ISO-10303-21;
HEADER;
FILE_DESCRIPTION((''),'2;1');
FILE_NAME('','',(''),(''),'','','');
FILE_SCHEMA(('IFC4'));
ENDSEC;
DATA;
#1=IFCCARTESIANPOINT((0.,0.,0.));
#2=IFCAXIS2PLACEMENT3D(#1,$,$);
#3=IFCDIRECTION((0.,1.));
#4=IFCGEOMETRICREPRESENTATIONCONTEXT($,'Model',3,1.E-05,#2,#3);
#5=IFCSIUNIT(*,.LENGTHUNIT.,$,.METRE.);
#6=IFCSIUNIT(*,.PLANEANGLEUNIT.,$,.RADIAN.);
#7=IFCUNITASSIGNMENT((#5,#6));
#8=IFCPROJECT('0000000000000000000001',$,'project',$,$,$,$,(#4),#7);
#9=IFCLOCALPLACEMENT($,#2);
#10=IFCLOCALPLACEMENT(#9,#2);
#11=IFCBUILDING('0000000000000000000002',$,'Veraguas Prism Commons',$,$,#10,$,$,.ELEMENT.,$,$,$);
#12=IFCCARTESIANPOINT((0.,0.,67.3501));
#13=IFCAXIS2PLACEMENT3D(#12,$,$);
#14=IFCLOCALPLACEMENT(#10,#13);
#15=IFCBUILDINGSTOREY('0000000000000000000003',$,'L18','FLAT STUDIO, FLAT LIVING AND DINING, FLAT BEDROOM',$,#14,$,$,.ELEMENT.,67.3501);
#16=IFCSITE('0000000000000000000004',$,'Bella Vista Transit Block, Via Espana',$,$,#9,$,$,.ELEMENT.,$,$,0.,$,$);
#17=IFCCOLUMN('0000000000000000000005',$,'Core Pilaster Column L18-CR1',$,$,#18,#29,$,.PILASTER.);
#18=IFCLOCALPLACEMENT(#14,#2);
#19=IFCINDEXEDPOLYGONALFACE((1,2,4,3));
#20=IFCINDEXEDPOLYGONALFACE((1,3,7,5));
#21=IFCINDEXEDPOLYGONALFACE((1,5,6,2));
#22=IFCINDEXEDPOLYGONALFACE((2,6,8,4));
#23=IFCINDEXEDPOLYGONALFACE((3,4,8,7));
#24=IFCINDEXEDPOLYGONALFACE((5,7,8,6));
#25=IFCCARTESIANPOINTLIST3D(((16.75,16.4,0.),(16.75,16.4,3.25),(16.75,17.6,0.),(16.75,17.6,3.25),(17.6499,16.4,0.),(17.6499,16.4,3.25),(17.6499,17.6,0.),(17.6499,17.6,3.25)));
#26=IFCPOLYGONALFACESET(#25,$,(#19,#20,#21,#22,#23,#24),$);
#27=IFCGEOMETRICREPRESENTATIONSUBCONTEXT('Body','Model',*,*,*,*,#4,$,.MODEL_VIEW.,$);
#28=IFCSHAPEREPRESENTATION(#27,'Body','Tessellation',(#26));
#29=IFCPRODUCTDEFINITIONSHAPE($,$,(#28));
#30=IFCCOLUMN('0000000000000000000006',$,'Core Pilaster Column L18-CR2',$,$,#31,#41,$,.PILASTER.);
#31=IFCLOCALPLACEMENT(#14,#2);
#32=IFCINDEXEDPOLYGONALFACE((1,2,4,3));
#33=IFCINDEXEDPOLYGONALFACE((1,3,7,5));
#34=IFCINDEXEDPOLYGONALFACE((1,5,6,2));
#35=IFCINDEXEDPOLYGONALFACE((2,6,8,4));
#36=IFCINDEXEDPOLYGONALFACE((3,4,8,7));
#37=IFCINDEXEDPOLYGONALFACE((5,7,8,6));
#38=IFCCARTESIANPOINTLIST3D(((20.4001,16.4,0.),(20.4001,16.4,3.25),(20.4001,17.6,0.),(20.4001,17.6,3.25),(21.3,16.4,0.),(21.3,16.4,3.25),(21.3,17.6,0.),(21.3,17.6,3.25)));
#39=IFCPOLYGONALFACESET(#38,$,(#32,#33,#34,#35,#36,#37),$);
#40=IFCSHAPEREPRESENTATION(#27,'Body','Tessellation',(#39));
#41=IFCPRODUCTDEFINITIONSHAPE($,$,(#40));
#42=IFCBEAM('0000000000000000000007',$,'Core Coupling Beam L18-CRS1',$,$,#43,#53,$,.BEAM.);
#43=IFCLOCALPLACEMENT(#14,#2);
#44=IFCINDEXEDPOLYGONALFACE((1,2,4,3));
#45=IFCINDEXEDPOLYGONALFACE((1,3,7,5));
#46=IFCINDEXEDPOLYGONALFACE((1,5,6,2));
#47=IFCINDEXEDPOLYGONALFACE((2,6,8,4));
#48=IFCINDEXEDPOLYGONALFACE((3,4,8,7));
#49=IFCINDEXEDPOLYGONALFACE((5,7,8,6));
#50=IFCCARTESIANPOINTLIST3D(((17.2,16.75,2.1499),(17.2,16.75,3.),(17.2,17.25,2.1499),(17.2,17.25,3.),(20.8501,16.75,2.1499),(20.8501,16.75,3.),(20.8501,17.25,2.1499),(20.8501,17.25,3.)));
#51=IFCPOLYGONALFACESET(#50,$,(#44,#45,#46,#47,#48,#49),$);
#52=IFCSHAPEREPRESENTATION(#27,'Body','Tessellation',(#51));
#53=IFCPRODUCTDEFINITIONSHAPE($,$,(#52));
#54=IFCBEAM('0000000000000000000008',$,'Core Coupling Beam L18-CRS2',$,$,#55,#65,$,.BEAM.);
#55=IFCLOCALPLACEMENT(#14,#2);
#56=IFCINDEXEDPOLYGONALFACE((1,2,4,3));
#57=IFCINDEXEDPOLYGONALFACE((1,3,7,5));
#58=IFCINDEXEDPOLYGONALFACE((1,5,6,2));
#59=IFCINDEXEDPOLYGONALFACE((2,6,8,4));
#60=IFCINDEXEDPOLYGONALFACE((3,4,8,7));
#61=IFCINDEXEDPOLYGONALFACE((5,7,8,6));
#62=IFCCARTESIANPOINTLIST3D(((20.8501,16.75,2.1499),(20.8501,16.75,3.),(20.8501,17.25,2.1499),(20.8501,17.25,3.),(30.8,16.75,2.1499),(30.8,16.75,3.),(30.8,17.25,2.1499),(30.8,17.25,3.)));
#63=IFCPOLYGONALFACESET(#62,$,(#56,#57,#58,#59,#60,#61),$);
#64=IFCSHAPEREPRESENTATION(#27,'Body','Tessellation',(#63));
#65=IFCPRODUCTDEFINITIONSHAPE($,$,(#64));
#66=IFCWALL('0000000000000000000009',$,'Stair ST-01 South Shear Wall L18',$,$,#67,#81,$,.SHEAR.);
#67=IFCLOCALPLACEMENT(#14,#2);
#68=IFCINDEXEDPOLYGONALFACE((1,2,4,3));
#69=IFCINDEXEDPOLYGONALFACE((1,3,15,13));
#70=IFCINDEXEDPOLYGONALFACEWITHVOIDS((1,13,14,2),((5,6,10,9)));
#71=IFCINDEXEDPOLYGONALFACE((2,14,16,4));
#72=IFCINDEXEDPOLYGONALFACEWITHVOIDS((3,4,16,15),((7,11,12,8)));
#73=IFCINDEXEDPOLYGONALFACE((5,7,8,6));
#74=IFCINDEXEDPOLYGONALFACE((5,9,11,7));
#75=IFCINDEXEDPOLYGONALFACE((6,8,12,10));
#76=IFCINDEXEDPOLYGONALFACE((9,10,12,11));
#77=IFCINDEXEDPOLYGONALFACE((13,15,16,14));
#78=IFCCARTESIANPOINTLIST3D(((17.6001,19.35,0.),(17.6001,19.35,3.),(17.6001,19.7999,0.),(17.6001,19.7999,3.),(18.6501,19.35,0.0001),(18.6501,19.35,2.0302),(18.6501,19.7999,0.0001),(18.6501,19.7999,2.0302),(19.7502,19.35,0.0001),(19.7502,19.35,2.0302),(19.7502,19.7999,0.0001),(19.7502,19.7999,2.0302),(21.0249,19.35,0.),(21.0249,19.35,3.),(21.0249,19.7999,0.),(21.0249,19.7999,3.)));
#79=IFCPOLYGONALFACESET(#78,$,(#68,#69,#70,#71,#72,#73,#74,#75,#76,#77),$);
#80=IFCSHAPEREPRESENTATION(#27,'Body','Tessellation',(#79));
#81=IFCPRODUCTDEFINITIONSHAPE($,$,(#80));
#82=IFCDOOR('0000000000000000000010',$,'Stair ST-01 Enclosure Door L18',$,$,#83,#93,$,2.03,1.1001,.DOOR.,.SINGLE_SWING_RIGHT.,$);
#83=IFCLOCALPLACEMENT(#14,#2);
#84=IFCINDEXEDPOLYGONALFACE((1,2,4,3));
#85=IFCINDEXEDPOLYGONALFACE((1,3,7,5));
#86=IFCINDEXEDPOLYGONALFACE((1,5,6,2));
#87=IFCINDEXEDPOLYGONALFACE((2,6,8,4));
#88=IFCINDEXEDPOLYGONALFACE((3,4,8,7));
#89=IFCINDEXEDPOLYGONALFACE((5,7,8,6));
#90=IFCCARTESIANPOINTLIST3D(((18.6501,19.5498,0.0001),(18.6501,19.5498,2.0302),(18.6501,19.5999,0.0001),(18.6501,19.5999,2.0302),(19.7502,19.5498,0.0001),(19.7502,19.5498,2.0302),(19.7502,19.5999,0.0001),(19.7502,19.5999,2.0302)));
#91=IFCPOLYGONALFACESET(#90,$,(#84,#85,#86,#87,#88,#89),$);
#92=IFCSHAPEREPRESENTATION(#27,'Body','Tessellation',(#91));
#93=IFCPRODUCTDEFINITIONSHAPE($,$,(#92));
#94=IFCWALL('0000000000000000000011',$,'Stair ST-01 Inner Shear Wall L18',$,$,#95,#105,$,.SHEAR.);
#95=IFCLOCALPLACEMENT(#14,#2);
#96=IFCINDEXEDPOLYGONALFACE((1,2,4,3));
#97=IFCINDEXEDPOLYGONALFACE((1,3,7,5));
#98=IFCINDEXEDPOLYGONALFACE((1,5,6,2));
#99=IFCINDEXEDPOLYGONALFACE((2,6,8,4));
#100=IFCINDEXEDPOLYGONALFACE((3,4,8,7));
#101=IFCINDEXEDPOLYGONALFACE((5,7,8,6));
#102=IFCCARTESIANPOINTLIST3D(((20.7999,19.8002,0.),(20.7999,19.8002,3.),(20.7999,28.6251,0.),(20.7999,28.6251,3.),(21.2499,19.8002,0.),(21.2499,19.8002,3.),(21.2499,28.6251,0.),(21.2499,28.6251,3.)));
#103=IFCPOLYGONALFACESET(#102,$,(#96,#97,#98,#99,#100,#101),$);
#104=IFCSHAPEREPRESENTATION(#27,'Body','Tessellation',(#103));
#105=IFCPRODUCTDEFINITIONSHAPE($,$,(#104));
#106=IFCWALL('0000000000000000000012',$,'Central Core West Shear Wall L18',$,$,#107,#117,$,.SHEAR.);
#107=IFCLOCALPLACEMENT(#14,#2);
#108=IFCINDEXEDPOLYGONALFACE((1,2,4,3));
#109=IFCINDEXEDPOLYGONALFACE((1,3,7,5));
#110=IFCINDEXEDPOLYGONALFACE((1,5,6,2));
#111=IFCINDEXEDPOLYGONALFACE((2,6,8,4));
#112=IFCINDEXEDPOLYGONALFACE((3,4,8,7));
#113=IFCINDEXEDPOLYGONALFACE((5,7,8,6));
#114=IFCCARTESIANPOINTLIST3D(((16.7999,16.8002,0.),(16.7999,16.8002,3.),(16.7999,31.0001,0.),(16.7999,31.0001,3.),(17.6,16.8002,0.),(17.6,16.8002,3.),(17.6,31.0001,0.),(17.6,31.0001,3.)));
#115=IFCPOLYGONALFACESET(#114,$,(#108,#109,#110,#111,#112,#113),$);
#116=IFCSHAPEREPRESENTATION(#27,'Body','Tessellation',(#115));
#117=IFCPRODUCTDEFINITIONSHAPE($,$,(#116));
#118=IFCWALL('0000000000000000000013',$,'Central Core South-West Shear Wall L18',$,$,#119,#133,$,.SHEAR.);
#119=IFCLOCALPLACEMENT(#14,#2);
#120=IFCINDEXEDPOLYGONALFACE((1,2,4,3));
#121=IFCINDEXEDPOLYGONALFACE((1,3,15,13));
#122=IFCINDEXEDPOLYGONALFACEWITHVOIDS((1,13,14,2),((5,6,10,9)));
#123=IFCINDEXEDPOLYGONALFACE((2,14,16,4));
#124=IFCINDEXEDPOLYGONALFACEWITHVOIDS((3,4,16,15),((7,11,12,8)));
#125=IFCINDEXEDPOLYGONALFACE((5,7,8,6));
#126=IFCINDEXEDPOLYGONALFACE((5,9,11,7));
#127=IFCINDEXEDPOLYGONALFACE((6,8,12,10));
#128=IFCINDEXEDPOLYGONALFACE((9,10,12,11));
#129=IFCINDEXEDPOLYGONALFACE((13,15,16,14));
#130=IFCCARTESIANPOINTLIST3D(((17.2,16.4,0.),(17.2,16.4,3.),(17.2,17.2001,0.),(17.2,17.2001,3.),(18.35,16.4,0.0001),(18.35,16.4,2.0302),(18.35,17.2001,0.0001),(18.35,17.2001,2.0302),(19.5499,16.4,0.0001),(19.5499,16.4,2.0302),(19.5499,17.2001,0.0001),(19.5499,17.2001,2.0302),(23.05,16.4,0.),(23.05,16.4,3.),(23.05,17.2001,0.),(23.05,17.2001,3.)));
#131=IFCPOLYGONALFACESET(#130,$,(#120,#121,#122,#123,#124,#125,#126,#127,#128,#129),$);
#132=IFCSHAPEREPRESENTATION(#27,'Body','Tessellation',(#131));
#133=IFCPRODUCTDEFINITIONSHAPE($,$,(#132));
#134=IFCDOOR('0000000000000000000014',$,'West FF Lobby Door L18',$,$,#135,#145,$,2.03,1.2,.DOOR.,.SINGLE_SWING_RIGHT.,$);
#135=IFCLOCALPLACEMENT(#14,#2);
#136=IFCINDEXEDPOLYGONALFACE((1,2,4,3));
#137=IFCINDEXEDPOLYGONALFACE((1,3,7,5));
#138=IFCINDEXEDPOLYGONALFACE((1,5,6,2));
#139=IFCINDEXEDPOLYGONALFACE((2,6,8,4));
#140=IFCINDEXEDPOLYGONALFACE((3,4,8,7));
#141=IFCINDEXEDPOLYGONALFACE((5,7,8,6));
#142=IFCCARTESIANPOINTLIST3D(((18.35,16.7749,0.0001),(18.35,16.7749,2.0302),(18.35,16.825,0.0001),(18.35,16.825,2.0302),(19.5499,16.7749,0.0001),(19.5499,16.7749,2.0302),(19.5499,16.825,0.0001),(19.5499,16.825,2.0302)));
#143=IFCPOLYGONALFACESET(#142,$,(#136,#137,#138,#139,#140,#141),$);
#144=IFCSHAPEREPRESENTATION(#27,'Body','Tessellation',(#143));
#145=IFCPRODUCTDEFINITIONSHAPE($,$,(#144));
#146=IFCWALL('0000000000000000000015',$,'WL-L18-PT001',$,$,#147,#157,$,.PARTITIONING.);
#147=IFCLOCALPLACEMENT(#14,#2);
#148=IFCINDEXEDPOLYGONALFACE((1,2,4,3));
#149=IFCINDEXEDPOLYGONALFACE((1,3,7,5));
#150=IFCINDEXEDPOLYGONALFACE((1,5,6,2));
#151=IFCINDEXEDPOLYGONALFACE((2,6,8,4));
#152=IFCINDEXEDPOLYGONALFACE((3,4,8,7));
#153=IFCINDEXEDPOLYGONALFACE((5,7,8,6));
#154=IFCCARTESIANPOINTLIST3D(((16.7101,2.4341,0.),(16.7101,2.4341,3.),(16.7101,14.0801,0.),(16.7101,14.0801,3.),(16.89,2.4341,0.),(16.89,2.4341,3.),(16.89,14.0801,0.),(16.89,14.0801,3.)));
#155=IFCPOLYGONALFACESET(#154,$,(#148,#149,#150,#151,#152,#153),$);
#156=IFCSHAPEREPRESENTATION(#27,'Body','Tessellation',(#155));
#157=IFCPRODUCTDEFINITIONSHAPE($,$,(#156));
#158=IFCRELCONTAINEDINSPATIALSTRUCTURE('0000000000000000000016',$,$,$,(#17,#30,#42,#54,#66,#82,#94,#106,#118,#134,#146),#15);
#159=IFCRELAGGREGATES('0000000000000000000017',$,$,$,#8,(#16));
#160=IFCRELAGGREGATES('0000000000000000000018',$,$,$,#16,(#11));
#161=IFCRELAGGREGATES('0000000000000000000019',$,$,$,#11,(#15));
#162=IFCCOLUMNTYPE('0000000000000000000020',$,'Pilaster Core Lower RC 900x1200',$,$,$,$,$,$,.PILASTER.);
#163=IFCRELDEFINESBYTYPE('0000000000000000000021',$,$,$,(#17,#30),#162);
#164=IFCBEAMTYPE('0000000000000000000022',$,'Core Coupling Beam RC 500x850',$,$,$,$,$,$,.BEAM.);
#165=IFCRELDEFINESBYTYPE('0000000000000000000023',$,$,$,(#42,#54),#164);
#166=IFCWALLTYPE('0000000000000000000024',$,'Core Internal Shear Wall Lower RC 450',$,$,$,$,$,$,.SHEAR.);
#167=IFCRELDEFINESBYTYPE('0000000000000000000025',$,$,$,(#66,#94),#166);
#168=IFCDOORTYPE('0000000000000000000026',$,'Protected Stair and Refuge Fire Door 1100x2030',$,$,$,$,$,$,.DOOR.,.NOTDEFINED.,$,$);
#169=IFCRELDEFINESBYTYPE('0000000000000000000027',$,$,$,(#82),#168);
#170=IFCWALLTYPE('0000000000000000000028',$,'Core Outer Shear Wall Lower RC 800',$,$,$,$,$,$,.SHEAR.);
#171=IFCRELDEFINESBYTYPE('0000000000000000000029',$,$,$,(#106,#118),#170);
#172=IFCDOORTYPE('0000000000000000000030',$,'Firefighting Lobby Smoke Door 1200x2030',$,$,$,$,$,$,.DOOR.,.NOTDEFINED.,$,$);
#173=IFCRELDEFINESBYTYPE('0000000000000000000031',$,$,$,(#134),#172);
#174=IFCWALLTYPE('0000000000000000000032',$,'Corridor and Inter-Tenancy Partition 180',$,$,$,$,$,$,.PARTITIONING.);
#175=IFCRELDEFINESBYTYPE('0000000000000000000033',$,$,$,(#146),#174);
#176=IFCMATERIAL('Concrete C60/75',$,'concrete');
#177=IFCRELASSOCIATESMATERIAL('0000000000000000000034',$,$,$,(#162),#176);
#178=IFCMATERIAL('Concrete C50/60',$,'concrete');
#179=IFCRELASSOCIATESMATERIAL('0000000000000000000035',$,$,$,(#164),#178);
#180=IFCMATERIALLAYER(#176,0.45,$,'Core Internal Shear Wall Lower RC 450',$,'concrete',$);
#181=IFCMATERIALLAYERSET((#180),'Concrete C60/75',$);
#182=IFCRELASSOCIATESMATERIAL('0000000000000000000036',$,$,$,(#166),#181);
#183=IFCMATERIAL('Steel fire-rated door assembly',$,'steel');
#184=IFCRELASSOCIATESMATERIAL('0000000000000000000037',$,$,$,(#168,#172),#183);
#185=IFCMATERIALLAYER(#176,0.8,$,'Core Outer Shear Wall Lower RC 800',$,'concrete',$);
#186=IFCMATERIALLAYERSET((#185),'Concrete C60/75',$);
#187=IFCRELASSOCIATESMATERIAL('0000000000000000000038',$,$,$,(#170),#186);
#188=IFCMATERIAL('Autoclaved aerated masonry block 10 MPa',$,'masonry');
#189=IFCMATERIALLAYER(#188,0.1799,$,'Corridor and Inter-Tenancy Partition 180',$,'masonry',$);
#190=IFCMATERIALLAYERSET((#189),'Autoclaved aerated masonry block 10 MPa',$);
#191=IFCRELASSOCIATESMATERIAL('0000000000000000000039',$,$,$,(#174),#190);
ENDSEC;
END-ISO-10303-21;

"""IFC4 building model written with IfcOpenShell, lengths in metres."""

from ifc_helpers import new_model, si_unit, direction, frame, frame_2d, origin, origin_2d, place, context, subcontext, project, spatial, rectangle, extrude, source, transform, mapped, material, layer, layer_set, material_profile, profile_set, type_object, element, fill, save


model = new_model("IFC4")

# Units and contexts
model_context = context("Model", 3, precision=1e-05, world=origin(), true_north=direction((0.0, 1.0)))
body_context = subcontext(model_context, "Body", "Model", "MODEL_VIEW")
ifc_project = project(units=[si_unit("LENGTHUNIT", "METRE"), si_unit("PLANEANGLEUNIT", "RADIAN")], contexts=[model_context])

# Site, building, storey
site_placement = place(None, origin())
site = spatial("IfcSite", under=ifc_project, at=site_placement, Name="Bella Vista Transit Block, Via Espana", CompositionType="ELEMENT", RefElevation=0.0)
building_placement = place(site_placement, origin())
building = spatial("IfcBuilding", under=site, at=building_placement, Name="Veraguas Prism Commons", CompositionType="ELEMENT")
storey_placement = place(building_placement, frame((0.0, 0.0, 67.3501)))
storey = spatial("IfcBuildingStorey", under=building, at=storey_placement, Name="L18", Description="FLAT STUDIO, FLAT LIVING AND DINING, FLAT BEDROOM", CompositionType="ELEMENT", Elevation=67.3501)

# Columns
ifc_material_1 = material(Name="Concrete C60/75", Category="concrete")
ifc_material_profile_1 = material_profile(ifc_material_1, rectangle(XDim=0.8999, YDim=1.2, at=origin_2d()), Name="RC900X1200")
ifc_profile_set_1 = profile_set([ifc_material_profile_1], Name="Concrete C60/75")
column_type = type_object("IfcColumnType", Name="Pilaster Core Lower RC 900x1200", PredefinedType="PILASTER", material=ifc_profile_set_1)
for number, where, z_axis, x_axis, name in (
    (1, (17.2, 17.0, 0.0), (0.0, 0.0, 1.0), (1.0, 0.0, 0.0), "Core Pilaster Column L18-CR1"),
    (2, (20.8501, 17.0, 0.0), (0.0, 0.0, 1.0), (1.0, 0.0, 0.0), "Core Pilaster Column L18-CR2"),
):
    element("IfcColumn", number, at=place(storey_placement, frame(where, z_axis=z_axis, x_axis=x_axis)), inside=storey, type_object=column_type, Name=name, PredefinedType="PILASTER", context=body_context, shape_type="SweptSolid", body=[
        extrude(rectangle(XDim=0.8999, YDim=1.2, at=origin_2d()), origin(), (0.0, 0.0, 1.0), 3.25),
    ])

# Beams
ifc_material_2 = material(Name="Concrete C50/60", Category="concrete")
ifc_material_profile_2 = material_profile(ifc_material_2, rectangle(XDim=0.5, YDim=0.8501, at=origin_2d()), Name="RC500X850")
ifc_profile_set_2 = profile_set([ifc_material_profile_2], Name="Concrete C50/60")
beam_type = type_object("IfcBeamType", Name="Core Coupling Beam RC 500x850", PredefinedType="BEAM", material=ifc_profile_set_2)
beam_1_placement = place(storey_placement, frame((17.2, 17.0, 2.575), z_axis=(1.0, 0.0, 0.0), x_axis=(0.0, 1.0, 0.0)))
element("IfcBeam", 3, at=beam_1_placement, inside=storey, type_object=beam_type, Name="Core Coupling Beam L18-CRS1", PredefinedType="BEAM", context=body_context, shape_type="SweptSolid", body=[
    extrude(rectangle(XDim=0.5, YDim=0.8501, at=origin_2d()), origin(), (0.0, 0.0, 1.0), 3.6501),
])
beam_2_placement = place(storey_placement, frame((20.8501, 17.0, 2.575), z_axis=(1.0, 0.0, 0.0), x_axis=(0.0, 1.0, 0.0)))
element("IfcBeam", 4, at=beam_2_placement, inside=storey, type_object=beam_type, Name="Core Coupling Beam L18-CRS2", PredefinedType="BEAM", context=body_context, shape_type="SweptSolid", body=[
    extrude(rectangle(XDim=0.5, YDim=0.8501, at=origin_2d()), origin(), (0.0, 0.0, 1.0), 9.95),
])

# Wall, opening, door
ifc_layer_1 = layer(ifc_material_1, 0.45, Name="Core Internal Shear Wall Lower RC 450", Category="concrete")
ifc_layer_set_1 = layer_set([ifc_layer_1], Name="Concrete C60/75")
wall_type_1 = type_object("IfcWallType", Name="Core Internal Shear Wall Lower RC 450", PredefinedType="SHEAR", material=ifc_layer_set_1)
wall_1_placement = place(storey_placement, frame((17.6001, 19.575, 0.0), z_axis=(0.0, 0.0, 1.0), x_axis=(1.0, 0.0, 0.0)))
wall_1 = element("IfcWall", 5, at=wall_1_placement, inside=storey, type_object=wall_type_1, Name="Stair ST-01 South Shear Wall L18", PredefinedType="SHEAR", context=body_context, shape_type="SweptSolid", body=[
    extrude(rectangle(XDim=3.4248, YDim=0.45, at=frame_2d((1.7124, 0.0))), origin(), (0.0, 0.0, 1.0), 3.0),
])
opening_1_placement = place(wall_1_placement, frame((1.05, 0.0, 0.0)))
opening_1 = element("IfcOpeningElement", 6, at=opening_1_placement, cuts=wall_1, PredefinedType="OPENING", context=body_context, shape_type="SweptSolid", body=[
    extrude(rectangle(XDim=1.1001, YDim=2.03, at=frame_2d((0.55, 1.0151))), frame((0.0, 0.2349, 0.0), z_axis=(0.0, -1.0, 0.0), x_axis=(1.0, 0.0, 0.0)), (0.0, 0.0, 1.0), 0.47),
])
ifc_material_3 = material(Name="Steel fire-rated door assembly", Category="steel")
door_type_1 = type_object("IfcDoorType", Name="Protected Stair and Refuge Fire Door 1100x2030", OperationType="NOTDEFINED", PredefinedType="DOOR", material=ifc_material_3)
shared_shape_1 = source(origin(), body_context, "Body", "SweptSolid", [
    extrude(rectangle(XDim=1.1001, YDim=2.03, at=frame_2d((0.55, 1.0151))), frame((0.0, 0.0249, 0.0), z_axis=(0.0, -1.0, 0.0), x_axis=(1.0, 0.0, 0.0)), (0.0, 0.0, 1.0), 0.05),
])
door_1_placement = place(opening_1_placement, origin())
door_1 = element("IfcDoor", 7, at=door_1_placement, inside=storey, type_object=door_type_1, Name="Stair ST-01 Enclosure Door L18", OperationType="SINGLE_SWING_RIGHT", OverallHeight=2.03, OverallWidth=1.1001, PredefinedType="DOOR", context=body_context, shape_type="MappedRepresentation", body=[
    mapped(shared_shape_1, transform((0.0, 0.0, 0.0), scale=1.0)),
])
fill(opening_1, door_1)

# Walls
wall_2_placement = place(storey_placement, frame((21.0249, 19.8, 0.0), z_axis=(0.0, 0.0, 1.0), x_axis=(0.0, 1.0, 0.0)))
element("IfcWall", 8, at=wall_2_placement, inside=storey, type_object=wall_type_1, Name="Stair ST-01 Inner Shear Wall L18", PredefinedType="SHEAR", context=body_context, shape_type="SweptSolid", body=[
    extrude(rectangle(XDim=8.825, YDim=0.45, at=frame_2d((4.4126, 0.0))), origin(), (0.0, 0.0, 1.0), 3.0),
])
ifc_layer_2 = layer(ifc_material_1, 0.8, Name="Core Outer Shear Wall Lower RC 800", Category="concrete")
ifc_layer_set_2 = layer_set([ifc_layer_2], Name="Concrete C60/75")
wall_type_2 = type_object("IfcWallType", Name="Core Outer Shear Wall Lower RC 800", PredefinedType="SHEAR", material=ifc_layer_set_2)
wall_3_placement = place(storey_placement, frame((17.2, 16.8, 0.0), z_axis=(0.0, 0.0, 1.0), x_axis=(0.0, 1.0, 0.0)))
element("IfcWall", 9, at=wall_3_placement, inside=storey, type_object=wall_type_2, Name="Central Core West Shear Wall L18", PredefinedType="SHEAR", context=body_context, shape_type="SweptSolid", body=[
    extrude(rectangle(XDim=14.2, YDim=0.8, at=frame_2d((7.1001, 0.0))), origin(), (0.0, 0.0, 1.0), 3.0),
])

# Wall, opening, door
wall_4_placement = place(storey_placement, frame((17.2, 16.8, 0.0), z_axis=(0.0, 0.0, 1.0), x_axis=(1.0, 0.0, 0.0)))
wall_4 = element("IfcWall", 10, at=wall_4_placement, inside=storey, type_object=wall_type_2, Name="Central Core South-West Shear Wall L18", PredefinedType="SHEAR", context=body_context, shape_type="SweptSolid", body=[
    extrude(rectangle(XDim=5.8501, YDim=0.8, at=frame_2d((2.925, 0.0))), origin(), (0.0, 0.0, 1.0), 3.0),
])
opening_2_placement = place(wall_4_placement, frame((1.1499, 0.0, 0.0)))
opening_2 = element("IfcOpeningElement", 11, at=opening_2_placement, cuts=wall_4, PredefinedType="OPENING", context=body_context, shape_type="SweptSolid", body=[
    extrude(rectangle(XDim=1.2, YDim=2.03, at=frame_2d((0.6001, 1.0151))), frame((0.0, 0.4099, 0.0), z_axis=(0.0, -1.0, 0.0), x_axis=(1.0, 0.0, 0.0)), (0.0, 0.0, 1.0), 0.8201),
])
door_type_2 = type_object("IfcDoorType", Name="Firefighting Lobby Smoke Door 1200x2030", OperationType="NOTDEFINED", PredefinedType="DOOR", material=ifc_material_3)
shared_shape_2 = source(origin(), body_context, "Body", "SweptSolid", [
    extrude(rectangle(XDim=1.2, YDim=2.03, at=frame_2d((0.6001, 1.0151))), frame((0.0, 0.0249, 0.0), z_axis=(0.0, -1.0, 0.0), x_axis=(1.0, 0.0, 0.0)), (0.0, 0.0, 1.0), 0.05),
])
door_2_placement = place(opening_2_placement, origin())
door_2 = element("IfcDoor", 12, at=door_2_placement, inside=storey, type_object=door_type_2, Name="West FF Lobby Door L18", OperationType="SINGLE_SWING_RIGHT", OverallHeight=2.03, OverallWidth=1.2, PredefinedType="DOOR", context=body_context, shape_type="MappedRepresentation", body=[
    mapped(shared_shape_2, transform((0.0, 0.0, 0.0), scale=1.0)),
])
fill(opening_2, door_2)

# Wall
ifc_material_4 = material(Name="Autoclaved aerated masonry block 10 MPa", Category="masonry")
ifc_layer_3 = layer(ifc_material_4, 0.1799, Name="Corridor and Inter-Tenancy Partition 180", Category="masonry")
ifc_layer_set_3 = layer_set([ifc_layer_3], Name="Autoclaved aerated masonry block 10 MPa")
wall_type_3 = type_object("IfcWallType", Name="Corridor and Inter-Tenancy Partition 180", PredefinedType="PARTITIONING", material=ifc_layer_set_3)
wall_5_placement = place(storey_placement, frame((16.8, 14.0801, 0.0), z_axis=(0.0, 0.0, 1.0), x_axis=(0.0, -1.0, 0.0)))
element("IfcWall", 13, at=wall_5_placement, inside=storey, type_object=wall_type_3, Name="WL-L18-PT001", PredefinedType="PARTITIONING", context=body_context, shape_type="SweptSolid", body=[
    extrude(rectangle(XDim=11.646, YDim=0.1799, at=frame_2d((5.823, 0.0))), origin(), (0.0, 0.0, 1.0), 3.0),
])

save(model, "model.ifc")
